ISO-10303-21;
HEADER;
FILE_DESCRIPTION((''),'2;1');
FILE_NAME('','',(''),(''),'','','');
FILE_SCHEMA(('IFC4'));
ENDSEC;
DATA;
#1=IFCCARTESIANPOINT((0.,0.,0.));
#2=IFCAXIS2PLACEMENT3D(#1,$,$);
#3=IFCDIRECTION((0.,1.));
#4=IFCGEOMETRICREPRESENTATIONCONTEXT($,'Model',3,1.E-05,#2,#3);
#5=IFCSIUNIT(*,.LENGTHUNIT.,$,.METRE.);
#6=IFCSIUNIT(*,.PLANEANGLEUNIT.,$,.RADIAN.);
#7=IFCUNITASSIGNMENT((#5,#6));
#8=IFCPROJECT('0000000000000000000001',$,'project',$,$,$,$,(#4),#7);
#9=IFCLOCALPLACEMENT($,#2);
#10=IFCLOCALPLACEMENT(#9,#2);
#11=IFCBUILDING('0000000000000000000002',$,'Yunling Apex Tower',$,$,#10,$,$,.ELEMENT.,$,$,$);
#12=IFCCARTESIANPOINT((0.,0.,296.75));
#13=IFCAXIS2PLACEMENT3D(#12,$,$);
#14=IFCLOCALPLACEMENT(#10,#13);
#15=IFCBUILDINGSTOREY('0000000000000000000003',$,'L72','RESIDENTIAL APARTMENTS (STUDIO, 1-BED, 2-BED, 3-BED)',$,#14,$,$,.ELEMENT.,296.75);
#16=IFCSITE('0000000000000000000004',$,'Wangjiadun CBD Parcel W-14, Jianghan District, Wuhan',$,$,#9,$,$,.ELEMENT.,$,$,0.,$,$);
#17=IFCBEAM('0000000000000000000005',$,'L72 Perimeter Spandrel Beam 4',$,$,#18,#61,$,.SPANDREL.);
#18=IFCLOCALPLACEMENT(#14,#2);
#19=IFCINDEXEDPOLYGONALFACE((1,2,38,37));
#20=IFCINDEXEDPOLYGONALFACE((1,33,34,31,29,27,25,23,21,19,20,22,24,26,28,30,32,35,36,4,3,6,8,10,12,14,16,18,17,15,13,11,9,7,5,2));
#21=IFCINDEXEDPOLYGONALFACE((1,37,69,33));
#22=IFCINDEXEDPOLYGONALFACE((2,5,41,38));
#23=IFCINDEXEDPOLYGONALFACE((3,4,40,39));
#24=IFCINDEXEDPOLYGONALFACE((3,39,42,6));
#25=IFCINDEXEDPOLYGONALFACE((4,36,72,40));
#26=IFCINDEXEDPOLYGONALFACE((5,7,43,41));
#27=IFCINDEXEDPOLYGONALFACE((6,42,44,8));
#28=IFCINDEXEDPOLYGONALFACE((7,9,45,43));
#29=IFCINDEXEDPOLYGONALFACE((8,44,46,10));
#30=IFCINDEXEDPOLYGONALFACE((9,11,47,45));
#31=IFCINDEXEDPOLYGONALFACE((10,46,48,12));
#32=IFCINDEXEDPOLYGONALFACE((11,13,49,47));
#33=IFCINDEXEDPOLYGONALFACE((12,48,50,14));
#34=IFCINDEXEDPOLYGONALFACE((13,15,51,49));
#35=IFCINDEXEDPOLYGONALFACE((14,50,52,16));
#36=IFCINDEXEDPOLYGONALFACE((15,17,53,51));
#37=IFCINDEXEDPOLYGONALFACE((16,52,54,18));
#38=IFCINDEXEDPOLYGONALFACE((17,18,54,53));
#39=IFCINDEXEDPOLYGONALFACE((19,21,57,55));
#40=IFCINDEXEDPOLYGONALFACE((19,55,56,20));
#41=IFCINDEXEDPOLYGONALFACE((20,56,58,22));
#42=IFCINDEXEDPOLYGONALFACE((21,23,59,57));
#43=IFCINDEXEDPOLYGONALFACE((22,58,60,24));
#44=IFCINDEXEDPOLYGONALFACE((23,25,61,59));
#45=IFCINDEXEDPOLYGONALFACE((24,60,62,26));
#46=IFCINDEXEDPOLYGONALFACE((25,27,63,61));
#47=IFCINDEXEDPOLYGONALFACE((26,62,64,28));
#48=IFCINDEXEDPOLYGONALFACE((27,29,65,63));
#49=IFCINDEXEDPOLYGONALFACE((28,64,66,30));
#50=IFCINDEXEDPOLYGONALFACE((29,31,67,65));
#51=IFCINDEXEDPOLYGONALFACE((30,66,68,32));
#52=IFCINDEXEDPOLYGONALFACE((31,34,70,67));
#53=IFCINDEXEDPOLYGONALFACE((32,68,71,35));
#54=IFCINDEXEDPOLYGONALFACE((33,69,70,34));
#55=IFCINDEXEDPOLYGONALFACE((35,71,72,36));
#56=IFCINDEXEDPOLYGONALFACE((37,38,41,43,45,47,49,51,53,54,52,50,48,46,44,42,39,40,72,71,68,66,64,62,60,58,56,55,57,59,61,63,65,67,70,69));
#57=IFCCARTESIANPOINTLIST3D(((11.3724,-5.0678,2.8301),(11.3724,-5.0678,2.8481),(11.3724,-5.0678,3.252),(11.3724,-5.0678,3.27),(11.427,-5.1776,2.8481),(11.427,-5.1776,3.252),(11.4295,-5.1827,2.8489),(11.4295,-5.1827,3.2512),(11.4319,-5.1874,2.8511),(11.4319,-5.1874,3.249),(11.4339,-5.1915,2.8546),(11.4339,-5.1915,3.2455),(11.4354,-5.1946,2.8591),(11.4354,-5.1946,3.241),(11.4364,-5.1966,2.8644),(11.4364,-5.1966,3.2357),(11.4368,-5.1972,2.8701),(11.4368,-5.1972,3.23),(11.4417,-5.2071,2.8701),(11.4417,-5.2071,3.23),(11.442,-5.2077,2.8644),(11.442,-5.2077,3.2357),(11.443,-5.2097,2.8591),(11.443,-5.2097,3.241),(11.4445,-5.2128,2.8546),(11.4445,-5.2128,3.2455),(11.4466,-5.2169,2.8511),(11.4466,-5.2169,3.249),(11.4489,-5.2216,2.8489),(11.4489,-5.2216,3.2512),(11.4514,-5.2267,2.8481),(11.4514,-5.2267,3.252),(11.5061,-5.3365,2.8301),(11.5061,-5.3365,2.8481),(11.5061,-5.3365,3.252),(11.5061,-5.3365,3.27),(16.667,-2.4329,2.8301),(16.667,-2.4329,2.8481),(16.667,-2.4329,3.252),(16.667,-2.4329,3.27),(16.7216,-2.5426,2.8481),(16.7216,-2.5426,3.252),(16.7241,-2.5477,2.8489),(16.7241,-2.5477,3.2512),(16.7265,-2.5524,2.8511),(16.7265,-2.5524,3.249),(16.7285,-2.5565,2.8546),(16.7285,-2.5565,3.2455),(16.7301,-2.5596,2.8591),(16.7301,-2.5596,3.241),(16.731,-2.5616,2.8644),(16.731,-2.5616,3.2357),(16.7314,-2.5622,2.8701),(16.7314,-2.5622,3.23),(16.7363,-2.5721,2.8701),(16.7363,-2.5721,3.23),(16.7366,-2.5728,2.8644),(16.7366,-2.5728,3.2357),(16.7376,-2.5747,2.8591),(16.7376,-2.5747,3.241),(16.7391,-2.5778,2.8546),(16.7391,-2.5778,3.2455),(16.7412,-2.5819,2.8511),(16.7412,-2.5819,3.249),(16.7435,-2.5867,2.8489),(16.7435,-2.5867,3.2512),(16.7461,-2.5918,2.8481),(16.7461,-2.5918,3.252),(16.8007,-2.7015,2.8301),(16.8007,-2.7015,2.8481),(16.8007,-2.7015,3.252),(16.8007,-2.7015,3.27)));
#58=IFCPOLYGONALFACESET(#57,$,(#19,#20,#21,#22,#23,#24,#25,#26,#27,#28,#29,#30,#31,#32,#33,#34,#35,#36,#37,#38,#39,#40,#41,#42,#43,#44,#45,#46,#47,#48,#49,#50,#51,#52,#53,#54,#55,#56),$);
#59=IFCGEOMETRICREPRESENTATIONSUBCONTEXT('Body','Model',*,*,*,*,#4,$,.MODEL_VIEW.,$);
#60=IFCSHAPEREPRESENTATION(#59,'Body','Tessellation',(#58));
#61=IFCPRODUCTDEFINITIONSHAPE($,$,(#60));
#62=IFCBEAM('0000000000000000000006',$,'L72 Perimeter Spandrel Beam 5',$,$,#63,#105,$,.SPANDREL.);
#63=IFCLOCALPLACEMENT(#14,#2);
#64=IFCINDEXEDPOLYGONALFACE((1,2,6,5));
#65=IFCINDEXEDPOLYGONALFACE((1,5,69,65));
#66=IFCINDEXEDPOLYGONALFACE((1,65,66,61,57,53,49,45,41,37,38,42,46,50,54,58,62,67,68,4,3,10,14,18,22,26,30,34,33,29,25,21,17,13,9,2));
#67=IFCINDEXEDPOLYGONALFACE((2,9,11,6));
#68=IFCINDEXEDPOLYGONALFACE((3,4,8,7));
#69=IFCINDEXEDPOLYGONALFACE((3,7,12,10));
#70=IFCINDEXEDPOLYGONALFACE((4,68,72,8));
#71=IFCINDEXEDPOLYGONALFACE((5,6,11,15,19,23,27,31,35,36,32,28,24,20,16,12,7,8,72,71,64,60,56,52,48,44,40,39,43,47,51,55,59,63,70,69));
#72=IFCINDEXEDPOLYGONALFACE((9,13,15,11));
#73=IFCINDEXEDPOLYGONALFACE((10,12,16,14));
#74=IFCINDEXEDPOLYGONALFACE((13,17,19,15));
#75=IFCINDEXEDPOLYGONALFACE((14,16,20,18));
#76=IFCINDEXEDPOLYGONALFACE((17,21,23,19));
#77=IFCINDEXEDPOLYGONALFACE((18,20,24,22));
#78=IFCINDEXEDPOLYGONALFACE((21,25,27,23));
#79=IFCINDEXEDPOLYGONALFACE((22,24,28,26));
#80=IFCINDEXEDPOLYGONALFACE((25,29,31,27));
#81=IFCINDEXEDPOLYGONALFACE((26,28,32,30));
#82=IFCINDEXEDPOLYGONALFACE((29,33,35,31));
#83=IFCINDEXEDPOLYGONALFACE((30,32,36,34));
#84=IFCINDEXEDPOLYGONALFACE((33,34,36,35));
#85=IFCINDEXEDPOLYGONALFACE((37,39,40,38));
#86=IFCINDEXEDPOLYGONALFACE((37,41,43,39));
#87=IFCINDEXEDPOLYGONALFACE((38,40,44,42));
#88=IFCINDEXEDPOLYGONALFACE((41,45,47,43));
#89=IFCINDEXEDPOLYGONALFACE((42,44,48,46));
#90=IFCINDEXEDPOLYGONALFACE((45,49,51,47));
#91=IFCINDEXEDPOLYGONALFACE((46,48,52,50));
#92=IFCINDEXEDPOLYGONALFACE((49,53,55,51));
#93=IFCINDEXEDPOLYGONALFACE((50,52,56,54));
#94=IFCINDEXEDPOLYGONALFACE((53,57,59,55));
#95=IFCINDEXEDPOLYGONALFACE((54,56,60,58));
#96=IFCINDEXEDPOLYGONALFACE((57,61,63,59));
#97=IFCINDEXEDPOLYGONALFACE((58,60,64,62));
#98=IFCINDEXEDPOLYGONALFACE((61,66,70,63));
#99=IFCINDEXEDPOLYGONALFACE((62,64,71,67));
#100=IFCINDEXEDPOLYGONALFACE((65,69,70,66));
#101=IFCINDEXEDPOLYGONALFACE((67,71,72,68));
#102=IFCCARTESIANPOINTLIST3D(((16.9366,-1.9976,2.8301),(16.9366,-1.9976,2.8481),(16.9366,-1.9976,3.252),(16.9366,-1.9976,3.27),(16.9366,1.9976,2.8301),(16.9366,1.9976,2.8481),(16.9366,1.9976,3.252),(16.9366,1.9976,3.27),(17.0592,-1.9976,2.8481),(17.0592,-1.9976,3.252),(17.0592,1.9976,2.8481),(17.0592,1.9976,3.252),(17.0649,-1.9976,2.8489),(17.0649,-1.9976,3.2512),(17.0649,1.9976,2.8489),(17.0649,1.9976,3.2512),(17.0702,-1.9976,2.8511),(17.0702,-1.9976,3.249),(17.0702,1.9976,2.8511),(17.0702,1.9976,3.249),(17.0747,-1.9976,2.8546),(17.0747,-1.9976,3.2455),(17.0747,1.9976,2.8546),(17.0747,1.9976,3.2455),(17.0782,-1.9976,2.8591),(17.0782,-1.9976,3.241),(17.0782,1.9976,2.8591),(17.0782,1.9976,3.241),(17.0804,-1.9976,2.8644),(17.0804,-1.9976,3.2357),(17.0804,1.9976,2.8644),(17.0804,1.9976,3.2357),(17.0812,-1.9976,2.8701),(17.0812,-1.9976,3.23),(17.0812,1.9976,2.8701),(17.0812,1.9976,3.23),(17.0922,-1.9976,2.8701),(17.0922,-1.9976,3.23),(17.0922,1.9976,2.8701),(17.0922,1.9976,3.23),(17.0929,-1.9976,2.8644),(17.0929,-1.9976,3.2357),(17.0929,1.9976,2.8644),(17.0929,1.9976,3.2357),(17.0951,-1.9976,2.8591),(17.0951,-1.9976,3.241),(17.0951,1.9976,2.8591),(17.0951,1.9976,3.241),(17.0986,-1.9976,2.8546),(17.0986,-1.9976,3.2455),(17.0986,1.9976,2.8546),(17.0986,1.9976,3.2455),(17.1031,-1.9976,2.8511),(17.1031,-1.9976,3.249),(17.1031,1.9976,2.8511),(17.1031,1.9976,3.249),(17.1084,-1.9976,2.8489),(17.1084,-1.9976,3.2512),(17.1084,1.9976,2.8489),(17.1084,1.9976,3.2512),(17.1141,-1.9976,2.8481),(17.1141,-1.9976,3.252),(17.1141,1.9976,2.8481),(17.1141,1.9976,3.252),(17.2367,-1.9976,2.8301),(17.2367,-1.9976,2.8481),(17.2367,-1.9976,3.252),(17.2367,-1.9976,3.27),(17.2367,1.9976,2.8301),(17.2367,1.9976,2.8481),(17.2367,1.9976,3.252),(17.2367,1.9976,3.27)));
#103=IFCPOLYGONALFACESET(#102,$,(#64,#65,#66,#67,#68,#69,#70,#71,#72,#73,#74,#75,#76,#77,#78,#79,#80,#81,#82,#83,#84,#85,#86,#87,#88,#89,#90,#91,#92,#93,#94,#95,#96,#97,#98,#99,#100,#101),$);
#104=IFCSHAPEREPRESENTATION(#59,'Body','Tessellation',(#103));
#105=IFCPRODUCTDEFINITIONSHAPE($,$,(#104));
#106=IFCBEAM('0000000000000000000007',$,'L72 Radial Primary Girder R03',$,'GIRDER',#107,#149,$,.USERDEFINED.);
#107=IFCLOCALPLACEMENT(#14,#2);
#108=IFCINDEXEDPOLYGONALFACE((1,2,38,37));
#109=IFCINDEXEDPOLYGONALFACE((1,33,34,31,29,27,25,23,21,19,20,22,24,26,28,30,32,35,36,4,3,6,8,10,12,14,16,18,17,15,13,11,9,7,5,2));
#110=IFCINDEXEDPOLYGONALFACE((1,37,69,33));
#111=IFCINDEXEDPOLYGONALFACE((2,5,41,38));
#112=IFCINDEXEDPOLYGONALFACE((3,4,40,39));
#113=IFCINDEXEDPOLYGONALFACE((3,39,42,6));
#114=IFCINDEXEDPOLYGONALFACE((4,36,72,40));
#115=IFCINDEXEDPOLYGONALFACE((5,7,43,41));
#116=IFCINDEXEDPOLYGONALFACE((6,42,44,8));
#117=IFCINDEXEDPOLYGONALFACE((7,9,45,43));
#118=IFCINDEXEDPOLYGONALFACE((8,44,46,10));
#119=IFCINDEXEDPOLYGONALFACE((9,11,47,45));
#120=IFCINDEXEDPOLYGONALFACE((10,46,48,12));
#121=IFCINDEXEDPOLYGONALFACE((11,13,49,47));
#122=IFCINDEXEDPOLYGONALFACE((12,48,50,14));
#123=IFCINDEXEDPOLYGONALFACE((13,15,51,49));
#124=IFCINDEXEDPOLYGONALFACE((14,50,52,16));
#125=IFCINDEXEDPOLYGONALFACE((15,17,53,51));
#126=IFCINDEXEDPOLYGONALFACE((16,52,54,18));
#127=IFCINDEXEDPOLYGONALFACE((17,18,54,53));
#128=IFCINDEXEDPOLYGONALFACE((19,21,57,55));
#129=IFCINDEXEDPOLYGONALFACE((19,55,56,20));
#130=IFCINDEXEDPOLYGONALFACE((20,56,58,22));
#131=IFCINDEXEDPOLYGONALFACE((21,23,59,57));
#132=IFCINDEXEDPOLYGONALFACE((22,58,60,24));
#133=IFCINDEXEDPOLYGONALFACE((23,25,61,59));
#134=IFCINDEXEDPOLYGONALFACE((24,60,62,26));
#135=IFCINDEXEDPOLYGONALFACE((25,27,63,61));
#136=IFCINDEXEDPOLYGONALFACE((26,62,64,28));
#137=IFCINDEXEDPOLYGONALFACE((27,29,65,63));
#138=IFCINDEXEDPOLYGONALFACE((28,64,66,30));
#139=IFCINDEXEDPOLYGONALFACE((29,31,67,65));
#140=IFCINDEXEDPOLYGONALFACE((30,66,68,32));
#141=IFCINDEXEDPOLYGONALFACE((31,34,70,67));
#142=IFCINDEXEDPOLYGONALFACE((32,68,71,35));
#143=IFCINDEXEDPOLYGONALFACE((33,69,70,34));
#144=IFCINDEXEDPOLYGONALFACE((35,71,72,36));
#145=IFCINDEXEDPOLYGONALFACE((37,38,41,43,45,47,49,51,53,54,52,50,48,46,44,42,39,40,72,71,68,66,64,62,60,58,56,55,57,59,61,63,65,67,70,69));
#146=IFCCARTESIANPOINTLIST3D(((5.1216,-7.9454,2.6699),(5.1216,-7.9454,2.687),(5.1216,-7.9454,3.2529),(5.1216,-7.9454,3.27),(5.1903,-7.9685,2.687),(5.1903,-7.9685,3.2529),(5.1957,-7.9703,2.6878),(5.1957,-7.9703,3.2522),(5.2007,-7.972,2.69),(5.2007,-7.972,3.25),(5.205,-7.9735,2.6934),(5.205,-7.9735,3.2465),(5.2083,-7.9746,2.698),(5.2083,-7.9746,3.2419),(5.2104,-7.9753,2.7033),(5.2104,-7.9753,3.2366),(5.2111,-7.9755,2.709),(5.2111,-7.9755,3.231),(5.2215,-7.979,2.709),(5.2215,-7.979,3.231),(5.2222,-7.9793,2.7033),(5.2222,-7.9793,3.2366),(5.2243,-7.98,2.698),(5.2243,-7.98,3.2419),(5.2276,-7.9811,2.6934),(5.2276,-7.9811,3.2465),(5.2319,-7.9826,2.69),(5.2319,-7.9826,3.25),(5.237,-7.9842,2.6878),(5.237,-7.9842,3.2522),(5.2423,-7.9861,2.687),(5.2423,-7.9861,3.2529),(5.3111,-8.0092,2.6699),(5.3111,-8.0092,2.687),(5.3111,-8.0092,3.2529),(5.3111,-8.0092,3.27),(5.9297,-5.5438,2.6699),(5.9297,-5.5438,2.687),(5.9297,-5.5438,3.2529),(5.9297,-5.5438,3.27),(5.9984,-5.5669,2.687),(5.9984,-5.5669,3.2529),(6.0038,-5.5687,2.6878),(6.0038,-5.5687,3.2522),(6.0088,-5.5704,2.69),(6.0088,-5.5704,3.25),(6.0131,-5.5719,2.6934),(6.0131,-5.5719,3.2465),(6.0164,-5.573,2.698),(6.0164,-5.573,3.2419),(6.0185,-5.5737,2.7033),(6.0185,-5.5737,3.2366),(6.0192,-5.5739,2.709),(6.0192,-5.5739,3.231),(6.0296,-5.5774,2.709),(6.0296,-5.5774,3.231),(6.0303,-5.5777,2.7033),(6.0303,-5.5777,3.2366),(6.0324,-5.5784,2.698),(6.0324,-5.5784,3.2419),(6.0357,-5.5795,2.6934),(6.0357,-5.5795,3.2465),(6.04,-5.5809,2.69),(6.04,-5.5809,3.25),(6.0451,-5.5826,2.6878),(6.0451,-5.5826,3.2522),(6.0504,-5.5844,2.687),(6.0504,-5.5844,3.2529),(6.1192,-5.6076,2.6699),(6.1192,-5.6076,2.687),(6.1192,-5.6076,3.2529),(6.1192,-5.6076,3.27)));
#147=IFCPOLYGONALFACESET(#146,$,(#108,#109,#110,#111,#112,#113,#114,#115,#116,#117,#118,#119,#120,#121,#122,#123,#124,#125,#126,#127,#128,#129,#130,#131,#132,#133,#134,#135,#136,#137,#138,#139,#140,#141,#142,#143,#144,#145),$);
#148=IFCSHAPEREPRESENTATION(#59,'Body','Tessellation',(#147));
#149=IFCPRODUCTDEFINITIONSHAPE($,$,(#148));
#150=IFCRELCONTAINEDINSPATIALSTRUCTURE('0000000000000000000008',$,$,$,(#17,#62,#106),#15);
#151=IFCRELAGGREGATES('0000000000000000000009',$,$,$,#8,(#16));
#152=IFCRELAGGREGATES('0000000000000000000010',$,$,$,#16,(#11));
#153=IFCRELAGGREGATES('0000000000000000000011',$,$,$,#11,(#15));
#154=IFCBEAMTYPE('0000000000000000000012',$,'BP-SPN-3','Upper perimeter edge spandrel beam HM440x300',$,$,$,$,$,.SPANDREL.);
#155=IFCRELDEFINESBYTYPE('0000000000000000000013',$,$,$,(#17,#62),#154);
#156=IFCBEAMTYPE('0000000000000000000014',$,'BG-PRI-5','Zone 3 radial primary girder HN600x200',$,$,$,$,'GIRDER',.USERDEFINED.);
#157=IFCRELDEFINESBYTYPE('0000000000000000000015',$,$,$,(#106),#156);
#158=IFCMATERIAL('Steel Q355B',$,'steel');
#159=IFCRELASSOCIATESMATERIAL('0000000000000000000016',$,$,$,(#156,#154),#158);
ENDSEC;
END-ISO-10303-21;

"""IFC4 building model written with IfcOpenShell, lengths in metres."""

from ifc_helpers import new_model, si_unit, direction, frame, origin, origin_2d, place, context, subcontext, project, spatial, i_section, extrude, source, transform, mapped, material, material_profile, profile_set, type_object, element, save


model = new_model("IFC4")

# Units and contexts
model_context = context("Model", 3, precision=1e-05, world=origin(), true_north=direction((0.0, 1.0)))
body_context = subcontext(model_context, "Body", "Model", "MODEL_VIEW")
ifc_project = project(units=[si_unit("LENGTHUNIT", "METRE"), si_unit("PLANEANGLEUNIT", "RADIAN")], contexts=[model_context])

# Site, building, storey
site_placement = place(None, origin())
site = spatial("IfcSite", under=ifc_project, at=site_placement, Name="Wangjiadun CBD Parcel W-14, Jianghan District, Wuhan", CompositionType="ELEMENT", RefElevation=0.0)
building_placement = place(site_placement, origin())
building = spatial("IfcBuilding", under=site, at=building_placement, Name="Yunling Apex Tower", CompositionType="ELEMENT")
storey_placement = place(building_placement, frame((0.0, 0.0, 296.75)))
storey = spatial("IfcBuildingStorey", under=building, at=storey_placement, Name="L72", Description="RESIDENTIAL APARTMENTS (STUDIO, 1-BED, 2-BED, 3-BED)", CompositionType="ELEMENT", Elevation=296.75)

# Shared definitions
ifc_material_1 = material(Name="Steel Q355B", Category="steel")

# Beams
ifc_material_profile_1 = material_profile(ifc_material_1, i_section(OverallWidth=0.2, OverallDepth=0.6001, WebThickness=0.011, FlangeThickness=0.0171, FilletRadius=0.022, at=origin_2d()))
ifc_profile_set_1 = profile_set([ifc_material_profile_1], Name="Steel Q355B")
beam_type_1 = type_object("IfcBeamType", Name="BG-PRI-5", Description="Zone 3 radial primary girder HN600x200", ElementType="GIRDER", PredefinedType="USERDEFINED", material=ifc_profile_set_1)
ifc_material_profile_2 = material_profile(ifc_material_1, i_section(OverallWidth=0.3, OverallDepth=0.4399, WebThickness=0.011, FlangeThickness=0.0181, FilletRadius=0.022, at=origin_2d()))
ifc_profile_set_2 = profile_set([ifc_material_profile_2], Name="Steel Q355B")
beam_type_2 = type_object("IfcBeamType", Name="BP-SPN-3", Description="Upper perimeter edge spandrel beam HM440x300", PredefinedType="SPANDREL", material=ifc_profile_set_2)
shared_shape_1 = source(origin(), body_context, "Body", "SweptSolid", [
    extrude(i_section(OverallWidth=0.3, OverallDepth=0.4399, WebThickness=0.011, FlangeThickness=0.0181, FilletRadius=0.022, at=origin_2d()), origin(), (0.0, 0.0, 1.0), 5.9141),
])
for number, where, z_axis, x_axis, name in (
    (1, (11.4392, -5.2021, 3.05), (0.89526, 0.445545, 0.0), (-0.445545, 0.89526, 0.0), "L72 Perimeter Spandrel Beam 4"),
):
    element("IfcBeam", number, at=place(storey_placement, frame(where, z_axis=z_axis, x_axis=x_axis)), inside=storey, type_object=beam_type_2, Name=name, PredefinedType="SPANDREL", context=body_context, shape_type="MappedRepresentation", body=[
        mapped(shared_shape_1, transform((0.0, 0.0, 0.0), scale=1.0)),
    ])
shared_shape_2 = source(origin(), body_context, "Body", "SweptSolid", [
    extrude(i_section(OverallWidth=0.3, OverallDepth=0.4399, WebThickness=0.011, FlangeThickness=0.0181, FilletRadius=0.022, at=origin_2d()), origin(), (0.0, 0.0, 1.0), 3.9951),
])
beam_1_placement = place(storey_placement, frame((17.0867, -1.9976, 3.05), z_axis=(0.0, 1.0, 0.0), x_axis=(-1.0, 0.0, 0.0)))
element("IfcBeam", 2, at=beam_1_placement, inside=storey, type_object=beam_type_2, Name="L72 Perimeter Spandrel Beam 5", PredefinedType="SPANDREL", context=body_context, shape_type="MappedRepresentation", body=[
    mapped(shared_shape_2, transform((0.0, 0.0, 0.0), scale=1.0)),
])
shared_shape_3 = source(origin(), body_context, "Body", "SweptSolid", [
    extrude(i_section(OverallWidth=0.2, OverallDepth=0.6001, WebThickness=0.011, FlangeThickness=0.0171, FilletRadius=0.022, at=origin_2d()), origin(), (0.0, 0.0, 1.0), 2.5339),
])
beam_2_placement = place(storey_placement, frame((5.2163, -7.9773, 2.97), z_axis=(0.318915, 0.947783, 0.0), x_axis=(-0.947783, 0.318915, 0.0)))
element("IfcBeam", 3, at=beam_2_placement, inside=storey, type_object=beam_type_1, Name="L72 Radial Primary Girder R03", ObjectType="GIRDER", PredefinedType="USERDEFINED", context=body_context, shape_type="MappedRepresentation", body=[
    mapped(shared_shape_3, transform((0.0, 0.0, 0.0), scale=1.0)),
])

save(model, "model.ifc")
